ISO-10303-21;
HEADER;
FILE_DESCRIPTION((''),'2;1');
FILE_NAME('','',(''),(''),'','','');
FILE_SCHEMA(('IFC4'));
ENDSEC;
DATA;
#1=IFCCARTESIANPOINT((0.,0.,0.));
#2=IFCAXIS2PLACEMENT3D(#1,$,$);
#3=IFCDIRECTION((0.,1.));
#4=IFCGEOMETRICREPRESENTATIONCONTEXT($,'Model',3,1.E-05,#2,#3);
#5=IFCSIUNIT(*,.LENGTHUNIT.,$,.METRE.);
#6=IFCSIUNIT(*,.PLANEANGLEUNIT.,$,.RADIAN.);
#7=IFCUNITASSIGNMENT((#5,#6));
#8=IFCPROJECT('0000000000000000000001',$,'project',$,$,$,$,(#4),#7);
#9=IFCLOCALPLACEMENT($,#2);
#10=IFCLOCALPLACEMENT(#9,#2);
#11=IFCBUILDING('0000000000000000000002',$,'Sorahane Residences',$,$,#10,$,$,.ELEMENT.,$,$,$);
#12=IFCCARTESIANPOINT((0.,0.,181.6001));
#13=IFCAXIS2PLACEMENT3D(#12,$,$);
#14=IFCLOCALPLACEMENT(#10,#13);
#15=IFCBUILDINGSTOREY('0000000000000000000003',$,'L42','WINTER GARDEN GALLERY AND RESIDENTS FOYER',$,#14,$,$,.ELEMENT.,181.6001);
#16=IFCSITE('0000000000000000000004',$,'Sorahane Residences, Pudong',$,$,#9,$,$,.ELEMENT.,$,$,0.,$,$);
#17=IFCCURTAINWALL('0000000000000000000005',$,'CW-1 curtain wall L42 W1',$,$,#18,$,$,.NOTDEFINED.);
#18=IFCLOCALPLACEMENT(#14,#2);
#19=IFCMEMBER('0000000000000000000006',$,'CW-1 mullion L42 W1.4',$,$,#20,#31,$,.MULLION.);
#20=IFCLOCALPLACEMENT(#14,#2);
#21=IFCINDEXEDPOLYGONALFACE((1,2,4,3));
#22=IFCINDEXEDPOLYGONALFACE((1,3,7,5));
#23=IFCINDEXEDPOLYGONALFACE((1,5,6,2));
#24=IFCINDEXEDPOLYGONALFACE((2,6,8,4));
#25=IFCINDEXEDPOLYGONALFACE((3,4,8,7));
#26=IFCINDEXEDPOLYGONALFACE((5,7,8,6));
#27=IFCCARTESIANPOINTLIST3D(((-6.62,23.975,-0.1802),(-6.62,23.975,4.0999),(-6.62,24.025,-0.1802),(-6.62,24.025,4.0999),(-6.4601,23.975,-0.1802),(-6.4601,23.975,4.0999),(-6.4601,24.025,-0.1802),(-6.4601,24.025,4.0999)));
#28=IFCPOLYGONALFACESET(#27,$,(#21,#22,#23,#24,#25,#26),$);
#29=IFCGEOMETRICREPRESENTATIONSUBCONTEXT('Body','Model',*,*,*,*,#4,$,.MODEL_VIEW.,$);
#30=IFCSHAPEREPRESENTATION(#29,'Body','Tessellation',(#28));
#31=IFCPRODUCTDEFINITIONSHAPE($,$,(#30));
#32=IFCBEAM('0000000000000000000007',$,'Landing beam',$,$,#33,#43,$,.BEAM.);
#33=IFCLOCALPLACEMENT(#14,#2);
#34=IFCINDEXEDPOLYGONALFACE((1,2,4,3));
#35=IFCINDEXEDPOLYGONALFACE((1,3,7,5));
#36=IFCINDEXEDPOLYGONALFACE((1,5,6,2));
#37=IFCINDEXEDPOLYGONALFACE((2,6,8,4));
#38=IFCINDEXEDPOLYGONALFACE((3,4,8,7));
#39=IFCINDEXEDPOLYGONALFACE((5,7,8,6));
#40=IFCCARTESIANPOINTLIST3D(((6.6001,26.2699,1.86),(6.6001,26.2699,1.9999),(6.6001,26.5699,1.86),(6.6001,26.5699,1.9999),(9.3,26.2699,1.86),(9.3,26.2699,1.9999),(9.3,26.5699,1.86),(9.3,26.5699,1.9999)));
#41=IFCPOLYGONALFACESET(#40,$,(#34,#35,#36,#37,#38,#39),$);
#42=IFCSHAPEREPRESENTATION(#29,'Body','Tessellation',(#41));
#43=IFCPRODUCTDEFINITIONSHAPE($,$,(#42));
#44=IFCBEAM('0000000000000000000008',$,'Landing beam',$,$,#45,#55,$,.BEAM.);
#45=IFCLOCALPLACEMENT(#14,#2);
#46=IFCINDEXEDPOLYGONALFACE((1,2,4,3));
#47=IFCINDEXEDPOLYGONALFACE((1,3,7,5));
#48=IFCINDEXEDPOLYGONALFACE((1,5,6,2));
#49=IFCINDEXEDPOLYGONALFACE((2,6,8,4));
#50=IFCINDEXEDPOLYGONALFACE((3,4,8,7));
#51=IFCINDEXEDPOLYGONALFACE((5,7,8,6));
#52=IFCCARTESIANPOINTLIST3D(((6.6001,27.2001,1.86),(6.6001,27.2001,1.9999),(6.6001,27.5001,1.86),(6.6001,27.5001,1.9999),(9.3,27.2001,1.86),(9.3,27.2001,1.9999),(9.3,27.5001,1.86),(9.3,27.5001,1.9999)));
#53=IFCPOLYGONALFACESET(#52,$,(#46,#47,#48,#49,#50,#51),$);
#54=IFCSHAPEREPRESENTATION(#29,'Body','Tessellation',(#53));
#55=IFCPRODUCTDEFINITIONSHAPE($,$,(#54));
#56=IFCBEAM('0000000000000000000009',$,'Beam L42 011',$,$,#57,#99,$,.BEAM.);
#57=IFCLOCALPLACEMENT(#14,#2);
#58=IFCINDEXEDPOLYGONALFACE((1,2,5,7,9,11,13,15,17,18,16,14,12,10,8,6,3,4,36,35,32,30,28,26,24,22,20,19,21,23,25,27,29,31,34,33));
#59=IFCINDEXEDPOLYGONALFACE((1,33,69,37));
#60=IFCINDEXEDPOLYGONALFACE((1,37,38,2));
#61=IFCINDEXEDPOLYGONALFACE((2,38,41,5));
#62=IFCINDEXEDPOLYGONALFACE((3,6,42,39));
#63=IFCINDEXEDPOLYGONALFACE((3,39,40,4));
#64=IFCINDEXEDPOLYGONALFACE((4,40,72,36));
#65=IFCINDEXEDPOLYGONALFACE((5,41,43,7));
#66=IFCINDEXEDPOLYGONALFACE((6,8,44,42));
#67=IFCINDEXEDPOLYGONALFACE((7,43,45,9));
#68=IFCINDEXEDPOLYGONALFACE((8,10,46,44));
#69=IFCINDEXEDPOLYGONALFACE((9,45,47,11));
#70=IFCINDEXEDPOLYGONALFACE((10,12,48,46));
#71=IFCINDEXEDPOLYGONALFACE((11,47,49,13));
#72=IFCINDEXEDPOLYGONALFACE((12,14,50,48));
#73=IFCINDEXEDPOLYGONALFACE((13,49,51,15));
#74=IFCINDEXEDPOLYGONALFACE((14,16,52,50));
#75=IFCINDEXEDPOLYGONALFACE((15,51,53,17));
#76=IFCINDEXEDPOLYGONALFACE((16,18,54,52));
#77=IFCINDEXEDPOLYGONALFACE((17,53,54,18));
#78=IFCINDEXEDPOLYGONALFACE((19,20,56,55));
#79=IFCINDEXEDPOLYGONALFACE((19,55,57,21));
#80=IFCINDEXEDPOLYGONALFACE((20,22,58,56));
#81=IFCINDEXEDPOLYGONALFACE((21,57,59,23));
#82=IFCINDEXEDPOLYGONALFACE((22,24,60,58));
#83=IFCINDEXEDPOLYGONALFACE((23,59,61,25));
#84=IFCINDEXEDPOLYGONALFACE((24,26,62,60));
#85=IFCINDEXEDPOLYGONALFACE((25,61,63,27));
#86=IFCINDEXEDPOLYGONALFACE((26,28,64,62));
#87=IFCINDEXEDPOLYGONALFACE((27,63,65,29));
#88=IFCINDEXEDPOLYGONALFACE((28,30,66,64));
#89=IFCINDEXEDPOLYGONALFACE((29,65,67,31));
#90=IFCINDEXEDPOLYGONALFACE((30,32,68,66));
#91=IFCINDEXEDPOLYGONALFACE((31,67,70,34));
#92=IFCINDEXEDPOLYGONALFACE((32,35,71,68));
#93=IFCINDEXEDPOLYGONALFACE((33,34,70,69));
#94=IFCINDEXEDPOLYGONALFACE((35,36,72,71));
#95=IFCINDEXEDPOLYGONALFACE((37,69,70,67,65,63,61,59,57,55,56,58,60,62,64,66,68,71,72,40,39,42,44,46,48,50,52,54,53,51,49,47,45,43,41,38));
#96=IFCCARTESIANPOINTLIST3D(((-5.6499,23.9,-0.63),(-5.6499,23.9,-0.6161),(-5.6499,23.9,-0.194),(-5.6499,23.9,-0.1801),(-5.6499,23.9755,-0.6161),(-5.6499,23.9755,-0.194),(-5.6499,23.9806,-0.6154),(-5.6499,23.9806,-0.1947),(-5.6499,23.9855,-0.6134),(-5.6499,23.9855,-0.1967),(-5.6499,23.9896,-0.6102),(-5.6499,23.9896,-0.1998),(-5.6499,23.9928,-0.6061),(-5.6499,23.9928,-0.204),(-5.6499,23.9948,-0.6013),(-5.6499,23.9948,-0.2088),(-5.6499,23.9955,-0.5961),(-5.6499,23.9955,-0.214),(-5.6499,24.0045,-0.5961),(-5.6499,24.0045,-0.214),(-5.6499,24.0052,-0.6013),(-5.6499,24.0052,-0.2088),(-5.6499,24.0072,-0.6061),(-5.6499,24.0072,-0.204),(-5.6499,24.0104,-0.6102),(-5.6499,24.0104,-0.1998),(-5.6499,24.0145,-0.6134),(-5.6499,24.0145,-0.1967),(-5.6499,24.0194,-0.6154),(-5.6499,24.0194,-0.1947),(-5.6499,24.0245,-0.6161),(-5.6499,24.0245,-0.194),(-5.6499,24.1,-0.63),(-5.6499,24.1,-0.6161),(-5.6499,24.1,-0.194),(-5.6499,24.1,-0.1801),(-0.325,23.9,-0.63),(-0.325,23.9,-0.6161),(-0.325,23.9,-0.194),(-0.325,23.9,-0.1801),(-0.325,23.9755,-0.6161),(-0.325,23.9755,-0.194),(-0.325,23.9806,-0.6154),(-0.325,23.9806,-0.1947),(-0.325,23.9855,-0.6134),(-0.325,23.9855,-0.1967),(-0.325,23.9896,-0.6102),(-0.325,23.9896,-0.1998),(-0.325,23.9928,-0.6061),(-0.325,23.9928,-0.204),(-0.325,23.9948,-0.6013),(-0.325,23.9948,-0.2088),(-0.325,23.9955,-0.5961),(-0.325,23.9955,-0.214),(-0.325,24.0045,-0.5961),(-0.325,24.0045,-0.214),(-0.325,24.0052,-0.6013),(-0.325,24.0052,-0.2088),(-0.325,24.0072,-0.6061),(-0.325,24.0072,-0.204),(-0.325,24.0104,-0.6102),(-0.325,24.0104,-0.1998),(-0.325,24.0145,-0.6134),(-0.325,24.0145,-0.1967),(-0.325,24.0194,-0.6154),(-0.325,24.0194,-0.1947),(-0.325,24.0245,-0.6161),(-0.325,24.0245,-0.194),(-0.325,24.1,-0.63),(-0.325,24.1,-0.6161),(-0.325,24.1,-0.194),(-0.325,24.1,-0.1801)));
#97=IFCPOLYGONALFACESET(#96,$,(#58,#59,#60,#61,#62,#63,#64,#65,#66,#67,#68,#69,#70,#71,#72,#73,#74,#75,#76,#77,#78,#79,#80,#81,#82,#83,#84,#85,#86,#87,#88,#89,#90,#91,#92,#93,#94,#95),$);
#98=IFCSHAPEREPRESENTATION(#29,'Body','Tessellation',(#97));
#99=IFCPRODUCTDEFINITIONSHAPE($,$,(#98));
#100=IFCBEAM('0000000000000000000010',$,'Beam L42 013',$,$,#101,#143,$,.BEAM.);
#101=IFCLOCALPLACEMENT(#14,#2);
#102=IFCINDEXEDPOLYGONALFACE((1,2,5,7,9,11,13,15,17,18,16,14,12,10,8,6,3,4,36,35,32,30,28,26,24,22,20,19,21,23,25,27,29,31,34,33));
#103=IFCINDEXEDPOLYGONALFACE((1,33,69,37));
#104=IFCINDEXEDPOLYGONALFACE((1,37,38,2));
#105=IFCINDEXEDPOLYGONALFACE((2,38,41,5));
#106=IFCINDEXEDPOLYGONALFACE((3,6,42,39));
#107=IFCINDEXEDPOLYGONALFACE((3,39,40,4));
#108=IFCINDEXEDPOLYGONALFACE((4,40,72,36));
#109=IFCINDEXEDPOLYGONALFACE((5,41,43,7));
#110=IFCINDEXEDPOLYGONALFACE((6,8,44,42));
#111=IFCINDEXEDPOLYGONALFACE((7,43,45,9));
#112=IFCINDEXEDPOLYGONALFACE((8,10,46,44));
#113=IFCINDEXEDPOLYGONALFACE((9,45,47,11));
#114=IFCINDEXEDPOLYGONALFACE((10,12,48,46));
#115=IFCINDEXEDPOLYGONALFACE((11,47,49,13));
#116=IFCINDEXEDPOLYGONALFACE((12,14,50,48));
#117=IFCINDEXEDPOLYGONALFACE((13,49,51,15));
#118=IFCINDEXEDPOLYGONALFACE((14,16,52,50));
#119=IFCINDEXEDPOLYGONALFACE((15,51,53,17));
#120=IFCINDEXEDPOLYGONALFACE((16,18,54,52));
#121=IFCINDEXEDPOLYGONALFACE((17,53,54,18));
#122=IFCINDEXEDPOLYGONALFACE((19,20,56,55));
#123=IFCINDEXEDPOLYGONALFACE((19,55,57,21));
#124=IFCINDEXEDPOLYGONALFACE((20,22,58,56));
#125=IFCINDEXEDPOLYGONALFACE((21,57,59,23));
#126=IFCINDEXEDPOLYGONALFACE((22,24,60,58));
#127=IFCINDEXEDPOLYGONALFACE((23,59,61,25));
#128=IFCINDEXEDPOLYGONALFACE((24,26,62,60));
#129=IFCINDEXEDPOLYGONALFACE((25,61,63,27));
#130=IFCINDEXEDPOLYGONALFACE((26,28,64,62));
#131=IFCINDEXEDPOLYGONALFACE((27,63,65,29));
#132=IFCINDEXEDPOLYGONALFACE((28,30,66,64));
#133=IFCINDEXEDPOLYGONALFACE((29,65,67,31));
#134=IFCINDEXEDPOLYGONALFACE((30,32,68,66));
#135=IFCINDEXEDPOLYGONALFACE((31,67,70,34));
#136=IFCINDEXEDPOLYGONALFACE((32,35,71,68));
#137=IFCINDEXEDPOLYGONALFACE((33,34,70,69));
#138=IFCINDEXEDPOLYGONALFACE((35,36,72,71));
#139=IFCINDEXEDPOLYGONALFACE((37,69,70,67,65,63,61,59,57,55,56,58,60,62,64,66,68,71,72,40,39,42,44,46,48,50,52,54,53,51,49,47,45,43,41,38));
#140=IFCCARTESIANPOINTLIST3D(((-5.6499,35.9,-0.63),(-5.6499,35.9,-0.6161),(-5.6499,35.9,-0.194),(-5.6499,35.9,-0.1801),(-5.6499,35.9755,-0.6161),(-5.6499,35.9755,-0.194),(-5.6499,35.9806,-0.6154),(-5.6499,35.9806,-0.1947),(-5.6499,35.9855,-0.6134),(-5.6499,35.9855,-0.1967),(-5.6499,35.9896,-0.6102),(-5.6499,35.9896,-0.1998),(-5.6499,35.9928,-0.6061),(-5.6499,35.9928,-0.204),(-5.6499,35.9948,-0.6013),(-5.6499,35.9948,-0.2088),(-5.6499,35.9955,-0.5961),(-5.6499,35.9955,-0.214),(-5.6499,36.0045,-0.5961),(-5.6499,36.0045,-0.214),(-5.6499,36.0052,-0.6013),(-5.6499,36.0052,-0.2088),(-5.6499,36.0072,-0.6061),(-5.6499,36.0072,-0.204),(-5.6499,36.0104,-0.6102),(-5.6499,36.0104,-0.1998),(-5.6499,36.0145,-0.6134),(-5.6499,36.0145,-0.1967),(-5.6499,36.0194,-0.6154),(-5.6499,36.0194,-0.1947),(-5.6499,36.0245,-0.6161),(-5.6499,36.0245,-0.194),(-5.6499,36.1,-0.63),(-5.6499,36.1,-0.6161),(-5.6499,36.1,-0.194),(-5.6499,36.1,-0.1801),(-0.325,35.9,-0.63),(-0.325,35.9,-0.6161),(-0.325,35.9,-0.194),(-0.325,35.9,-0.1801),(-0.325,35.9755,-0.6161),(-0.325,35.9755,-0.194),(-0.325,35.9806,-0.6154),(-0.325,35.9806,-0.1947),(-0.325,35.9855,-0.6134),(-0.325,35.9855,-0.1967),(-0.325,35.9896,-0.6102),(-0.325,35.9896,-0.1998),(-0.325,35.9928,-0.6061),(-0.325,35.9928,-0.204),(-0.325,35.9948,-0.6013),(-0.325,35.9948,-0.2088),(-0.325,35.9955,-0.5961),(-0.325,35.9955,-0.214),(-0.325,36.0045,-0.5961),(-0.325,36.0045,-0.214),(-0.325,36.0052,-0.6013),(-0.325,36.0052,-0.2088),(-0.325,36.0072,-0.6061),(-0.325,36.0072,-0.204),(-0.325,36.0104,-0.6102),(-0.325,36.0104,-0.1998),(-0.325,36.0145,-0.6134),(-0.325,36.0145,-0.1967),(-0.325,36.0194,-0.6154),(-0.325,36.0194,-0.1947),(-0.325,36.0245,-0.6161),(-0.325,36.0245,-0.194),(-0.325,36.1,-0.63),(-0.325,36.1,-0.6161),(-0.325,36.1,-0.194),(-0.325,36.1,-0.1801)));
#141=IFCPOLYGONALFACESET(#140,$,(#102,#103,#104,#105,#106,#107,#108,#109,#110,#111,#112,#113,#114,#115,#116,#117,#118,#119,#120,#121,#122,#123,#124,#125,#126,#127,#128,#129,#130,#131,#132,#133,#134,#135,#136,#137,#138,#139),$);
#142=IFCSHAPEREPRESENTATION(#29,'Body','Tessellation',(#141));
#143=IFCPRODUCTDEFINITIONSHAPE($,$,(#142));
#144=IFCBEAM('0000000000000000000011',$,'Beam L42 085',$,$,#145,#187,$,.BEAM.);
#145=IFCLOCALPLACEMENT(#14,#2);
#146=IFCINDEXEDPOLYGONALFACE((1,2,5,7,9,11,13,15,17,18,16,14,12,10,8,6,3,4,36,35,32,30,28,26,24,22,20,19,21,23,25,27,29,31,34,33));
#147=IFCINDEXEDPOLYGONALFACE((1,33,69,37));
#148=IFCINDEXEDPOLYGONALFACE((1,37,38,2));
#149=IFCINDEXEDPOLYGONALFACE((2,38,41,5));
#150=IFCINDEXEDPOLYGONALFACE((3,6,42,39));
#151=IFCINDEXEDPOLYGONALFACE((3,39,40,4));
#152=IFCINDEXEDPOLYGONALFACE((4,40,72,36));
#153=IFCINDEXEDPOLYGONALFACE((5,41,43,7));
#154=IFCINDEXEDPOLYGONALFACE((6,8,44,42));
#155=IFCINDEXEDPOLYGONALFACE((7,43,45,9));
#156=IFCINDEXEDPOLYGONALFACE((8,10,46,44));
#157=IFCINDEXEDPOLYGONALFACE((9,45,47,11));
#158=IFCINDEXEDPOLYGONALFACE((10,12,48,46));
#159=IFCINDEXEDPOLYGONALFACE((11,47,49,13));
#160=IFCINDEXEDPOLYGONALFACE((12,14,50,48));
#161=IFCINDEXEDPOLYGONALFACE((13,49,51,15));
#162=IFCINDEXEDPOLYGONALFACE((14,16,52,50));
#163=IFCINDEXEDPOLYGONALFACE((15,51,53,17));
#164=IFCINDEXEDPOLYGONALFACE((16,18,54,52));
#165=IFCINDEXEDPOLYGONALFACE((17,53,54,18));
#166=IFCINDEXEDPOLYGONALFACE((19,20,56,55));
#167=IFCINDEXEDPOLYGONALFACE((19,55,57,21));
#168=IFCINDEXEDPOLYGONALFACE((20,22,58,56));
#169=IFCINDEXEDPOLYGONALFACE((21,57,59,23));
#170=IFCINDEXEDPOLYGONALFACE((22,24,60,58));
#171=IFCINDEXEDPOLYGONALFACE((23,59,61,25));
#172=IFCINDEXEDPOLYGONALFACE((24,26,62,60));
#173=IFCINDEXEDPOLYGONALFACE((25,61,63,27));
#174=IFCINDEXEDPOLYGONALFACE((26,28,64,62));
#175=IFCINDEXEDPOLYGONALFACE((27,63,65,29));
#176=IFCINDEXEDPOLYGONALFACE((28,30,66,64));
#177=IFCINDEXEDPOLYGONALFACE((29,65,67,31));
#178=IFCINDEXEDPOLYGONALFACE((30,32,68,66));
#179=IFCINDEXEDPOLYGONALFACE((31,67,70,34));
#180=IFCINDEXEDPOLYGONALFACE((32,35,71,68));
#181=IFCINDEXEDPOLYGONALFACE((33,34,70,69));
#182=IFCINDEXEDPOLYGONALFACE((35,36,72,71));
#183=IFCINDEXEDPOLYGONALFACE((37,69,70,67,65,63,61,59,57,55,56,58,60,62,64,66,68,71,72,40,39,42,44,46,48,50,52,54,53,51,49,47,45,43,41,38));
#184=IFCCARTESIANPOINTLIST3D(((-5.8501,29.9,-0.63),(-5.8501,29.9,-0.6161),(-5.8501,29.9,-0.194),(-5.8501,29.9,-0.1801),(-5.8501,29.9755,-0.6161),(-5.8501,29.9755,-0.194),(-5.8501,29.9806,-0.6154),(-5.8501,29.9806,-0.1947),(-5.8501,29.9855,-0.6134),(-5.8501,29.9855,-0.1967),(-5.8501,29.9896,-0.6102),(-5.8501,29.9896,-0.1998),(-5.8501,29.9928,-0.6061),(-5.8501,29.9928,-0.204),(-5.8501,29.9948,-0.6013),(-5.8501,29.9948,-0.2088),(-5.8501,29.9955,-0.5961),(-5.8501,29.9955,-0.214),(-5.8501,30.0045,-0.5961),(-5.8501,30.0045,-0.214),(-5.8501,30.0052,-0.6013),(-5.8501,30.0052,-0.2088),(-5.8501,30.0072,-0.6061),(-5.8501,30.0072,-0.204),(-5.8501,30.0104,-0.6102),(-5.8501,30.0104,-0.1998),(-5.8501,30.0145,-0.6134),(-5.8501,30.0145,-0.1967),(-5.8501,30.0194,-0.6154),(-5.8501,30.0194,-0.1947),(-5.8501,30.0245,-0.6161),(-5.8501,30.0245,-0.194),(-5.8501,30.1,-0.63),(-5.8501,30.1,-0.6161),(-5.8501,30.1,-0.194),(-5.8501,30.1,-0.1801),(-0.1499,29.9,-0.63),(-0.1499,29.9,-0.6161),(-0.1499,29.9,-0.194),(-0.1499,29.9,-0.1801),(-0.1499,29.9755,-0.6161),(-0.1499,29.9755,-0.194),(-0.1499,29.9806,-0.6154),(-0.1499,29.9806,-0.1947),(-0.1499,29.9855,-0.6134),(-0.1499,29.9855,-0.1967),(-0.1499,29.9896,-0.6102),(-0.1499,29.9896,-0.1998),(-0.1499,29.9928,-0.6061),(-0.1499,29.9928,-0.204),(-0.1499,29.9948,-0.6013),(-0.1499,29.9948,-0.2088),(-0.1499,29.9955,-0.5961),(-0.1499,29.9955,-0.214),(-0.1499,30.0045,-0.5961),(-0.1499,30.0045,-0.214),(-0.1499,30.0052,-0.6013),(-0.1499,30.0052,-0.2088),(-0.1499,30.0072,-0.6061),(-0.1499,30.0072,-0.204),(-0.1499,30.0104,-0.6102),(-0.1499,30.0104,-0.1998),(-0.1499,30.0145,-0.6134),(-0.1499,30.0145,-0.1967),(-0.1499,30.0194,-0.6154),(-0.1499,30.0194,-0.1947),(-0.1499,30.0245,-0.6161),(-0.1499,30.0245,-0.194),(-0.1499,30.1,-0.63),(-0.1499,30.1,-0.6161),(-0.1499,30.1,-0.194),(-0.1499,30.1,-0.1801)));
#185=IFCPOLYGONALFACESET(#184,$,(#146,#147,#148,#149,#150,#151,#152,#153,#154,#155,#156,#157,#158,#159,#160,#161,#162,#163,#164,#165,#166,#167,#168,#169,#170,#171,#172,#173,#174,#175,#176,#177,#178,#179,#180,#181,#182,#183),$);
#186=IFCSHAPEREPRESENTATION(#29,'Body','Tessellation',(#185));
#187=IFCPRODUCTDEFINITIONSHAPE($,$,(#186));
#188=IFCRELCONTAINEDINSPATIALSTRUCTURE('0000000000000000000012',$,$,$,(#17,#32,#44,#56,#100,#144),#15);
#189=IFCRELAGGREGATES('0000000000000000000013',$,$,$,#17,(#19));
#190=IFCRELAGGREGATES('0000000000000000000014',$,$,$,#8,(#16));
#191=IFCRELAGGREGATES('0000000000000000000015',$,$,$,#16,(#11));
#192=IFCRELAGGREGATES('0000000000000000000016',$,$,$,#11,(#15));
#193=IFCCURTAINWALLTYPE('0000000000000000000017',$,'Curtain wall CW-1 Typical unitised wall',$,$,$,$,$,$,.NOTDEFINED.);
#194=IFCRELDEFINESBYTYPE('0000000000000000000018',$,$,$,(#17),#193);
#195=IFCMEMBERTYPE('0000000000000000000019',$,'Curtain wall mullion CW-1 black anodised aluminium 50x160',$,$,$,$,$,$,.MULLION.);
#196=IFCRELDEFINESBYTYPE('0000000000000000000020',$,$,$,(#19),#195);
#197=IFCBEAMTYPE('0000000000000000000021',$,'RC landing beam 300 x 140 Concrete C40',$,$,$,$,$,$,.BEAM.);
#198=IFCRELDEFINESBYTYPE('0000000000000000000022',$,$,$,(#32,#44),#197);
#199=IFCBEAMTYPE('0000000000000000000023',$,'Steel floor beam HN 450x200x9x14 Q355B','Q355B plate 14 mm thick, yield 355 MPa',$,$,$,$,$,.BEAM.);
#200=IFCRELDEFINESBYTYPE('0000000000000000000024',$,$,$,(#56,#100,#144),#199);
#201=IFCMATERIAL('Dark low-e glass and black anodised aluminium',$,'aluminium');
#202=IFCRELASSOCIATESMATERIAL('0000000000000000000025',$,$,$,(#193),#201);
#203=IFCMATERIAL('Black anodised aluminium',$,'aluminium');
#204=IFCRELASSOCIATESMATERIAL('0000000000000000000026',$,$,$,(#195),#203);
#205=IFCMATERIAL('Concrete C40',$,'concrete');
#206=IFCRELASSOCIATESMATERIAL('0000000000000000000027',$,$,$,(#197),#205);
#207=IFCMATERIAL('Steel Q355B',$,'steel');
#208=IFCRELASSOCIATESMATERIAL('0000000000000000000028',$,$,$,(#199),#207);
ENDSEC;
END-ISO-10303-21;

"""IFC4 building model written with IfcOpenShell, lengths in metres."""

from ifc_helpers import new_model, si_unit, direction, frame, origin, origin_2d, place, context, subcontext, project, spatial, rectangle, i_section, extrude, material, material_profile, profile_set, type_object, element, aggregate, save


model = new_model("IFC4")

# Units and contexts
model_context = context("Model", 3, precision=1e-05, world=origin(), true_north=direction((0.0, 1.0)))
body_context = subcontext(model_context, "Body", "Model", "MODEL_VIEW")
ifc_project = project(units=[si_unit("LENGTHUNIT", "METRE"), si_unit("PLANEANGLEUNIT", "RADIAN")], contexts=[model_context])

# Site, building, storey
site_placement = place(None, origin())
site = spatial("IfcSite", under=ifc_project, at=site_placement, Name="Sorahane Residences, Pudong", CompositionType="ELEMENT", RefElevation=0.0)
building_placement = place(site_placement, origin())
building = spatial("IfcBuilding", under=site, at=building_placement, Name="Sorahane Residences", CompositionType="ELEMENT")
storey_placement = place(building_placement, frame((0.0, 0.0, 181.6001)))
storey = spatial("IfcBuildingStorey", under=building, at=storey_placement, Name="L42", Description="WINTER GARDEN GALLERY AND RESIDENTS FOYER", CompositionType="ELEMENT", Elevation=181.6001)

# Curtain wall, member
ifc_material_1 = material(Name="Dark low-e glass and black anodised aluminium", Category="aluminium")
curtain_wall_type = type_object("IfcCurtainWallType", Name="Curtain wall CW-1 Typical unitised wall", PredefinedType="NOTDEFINED", material=ifc_material_1)
curtain_wall_placement = place(storey_placement, origin())
curtain_wall = element("IfcCurtainWall", 1, at=curtain_wall_placement, inside=storey, type_object=curtain_wall_type, Name="CW-1 curtain wall L42 W1", PredefinedType="NOTDEFINED")
ifc_material_2 = material(Name="Black anodised aluminium", Category="aluminium")
ifc_material_profile_1 = material_profile(ifc_material_2, rectangle(XDim=0.1599, YDim=0.05, at=origin_2d()), Name="Curtain wall mullion CW-1 black anodised aluminium 50x160")
ifc_profile_set_1 = profile_set([ifc_material_profile_1], Name="Black anodised aluminium")
member_type_1 = type_object("IfcMemberType", Name="Curtain wall mullion CW-1 black anodised aluminium 50x160", PredefinedType="MULLION", material=ifc_profile_set_1)
member_1_placement = place(storey_placement, frame((-6.54, 24.0, -0.1802), z_axis=(0.0, 0.0, 1.0), x_axis=(-1.0, 0.0, 0.0)))
member_1 = element("IfcMember", 2, at=member_1_placement, type_object=member_type_1, Name="CW-1 mullion L42 W1.4", PredefinedType="MULLION", context=body_context, shape_type="SweptSolid", body=[
    extrude(rectangle(XDim=0.1599, YDim=0.05, at=origin_2d()), origin(), (0.0, 0.0, 1.0), 4.28),
])

# Beams
ifc_material_3 = material(Name="Concrete C40", Category="concrete")
ifc_material_profile_2 = material_profile(ifc_material_3, rectangle(XDim=0.3, YDim=0.1399, at=origin_2d()), Name="300x140")
ifc_profile_set_2 = profile_set([ifc_material_profile_2], Name="Concrete C40")
beam_type_1 = type_object("IfcBeamType", Name="RC landing beam 300 x 140 Concrete C40", PredefinedType="BEAM", material=ifc_profile_set_2)
for number, where, z_axis, x_axis, name in (
    (3, (6.6001, 26.4199, 1.9299), (1.0, 0.0, 0.0), (0.0, 1.0, 0.0), "Landing beam"),
    (4, (6.6001, 27.3501, 1.9299), (1.0, 0.0, 0.0), (0.0, 1.0, 0.0), "Landing beam"),
):
    element("IfcBeam", number, at=place(storey_placement, frame(where, z_axis=z_axis, x_axis=x_axis)), inside=storey, type_object=beam_type_1, Name=name, PredefinedType="BEAM", context=body_context, shape_type="SweptSolid", body=[
        extrude(rectangle(XDim=0.3, YDim=0.1399, at=origin_2d()), origin(), (0.0, 0.0, 1.0), 2.7),
    ])
ifc_material_4 = material(Name="Steel Q355B", Category="steel")
ifc_material_profile_3 = material_profile(ifc_material_4, i_section(OverallWidth=0.2, OverallDepth=0.45, WebThickness=0.009, FlangeThickness=0.0139, FilletRadius=0.02, at=origin_2d()), Name="HN 450x200x9x14")
ifc_profile_set_3 = profile_set([ifc_material_profile_3], Name="Steel Q355B")
beam_type_2 = type_object("IfcBeamType", Name="Steel floor beam HN 450x200x9x14 Q355B", Description="Q355B plate 14 mm thick, yield 355 MPa", PredefinedType="BEAM", material=ifc_profile_set_3)
for number, where, z_axis, x_axis, name in (
    (5, (-5.6499, 24.0, -0.405), (1.0, 0.0, 0.0), (0.0, 1.0, 0.0), "Beam L42 011"),
    (6, (-5.6499, 36.0, -0.405), (1.0, 0.0, 0.0), (0.0, 1.0, 0.0), "Beam L42 013"),
):
    element("IfcBeam", number, at=place(storey_placement, frame(where, z_axis=z_axis, x_axis=x_axis)), inside=storey, type_object=beam_type_2, Name=name, PredefinedType="BEAM", context=body_context, shape_type="SweptSolid", body=[
        extrude(i_section(OverallWidth=0.2, OverallDepth=0.45, WebThickness=0.009, FlangeThickness=0.0139, FilletRadius=0.02, at=origin_2d()), origin(), (0.0, 0.0, 1.0), 5.325),
    ])
beam_1_placement = place(storey_placement, frame((-5.8501, 30.0, -0.405), z_axis=(1.0, 0.0, 0.0), x_axis=(0.0, 1.0, 0.0)))
element("IfcBeam", 7, at=beam_1_placement, inside=storey, type_object=beam_type_2, Name="Beam L42 085", PredefinedType="BEAM", context=body_context, shape_type="SweptSolid", body=[
    extrude(i_section(OverallWidth=0.2, OverallDepth=0.45, WebThickness=0.009, FlangeThickness=0.0139, FilletRadius=0.02, at=origin_2d()), origin(), (0.0, 0.0, 1.0), 5.7002),
])

aggregate(curtain_wall, [member_1])

save(model, "model.ifc")
